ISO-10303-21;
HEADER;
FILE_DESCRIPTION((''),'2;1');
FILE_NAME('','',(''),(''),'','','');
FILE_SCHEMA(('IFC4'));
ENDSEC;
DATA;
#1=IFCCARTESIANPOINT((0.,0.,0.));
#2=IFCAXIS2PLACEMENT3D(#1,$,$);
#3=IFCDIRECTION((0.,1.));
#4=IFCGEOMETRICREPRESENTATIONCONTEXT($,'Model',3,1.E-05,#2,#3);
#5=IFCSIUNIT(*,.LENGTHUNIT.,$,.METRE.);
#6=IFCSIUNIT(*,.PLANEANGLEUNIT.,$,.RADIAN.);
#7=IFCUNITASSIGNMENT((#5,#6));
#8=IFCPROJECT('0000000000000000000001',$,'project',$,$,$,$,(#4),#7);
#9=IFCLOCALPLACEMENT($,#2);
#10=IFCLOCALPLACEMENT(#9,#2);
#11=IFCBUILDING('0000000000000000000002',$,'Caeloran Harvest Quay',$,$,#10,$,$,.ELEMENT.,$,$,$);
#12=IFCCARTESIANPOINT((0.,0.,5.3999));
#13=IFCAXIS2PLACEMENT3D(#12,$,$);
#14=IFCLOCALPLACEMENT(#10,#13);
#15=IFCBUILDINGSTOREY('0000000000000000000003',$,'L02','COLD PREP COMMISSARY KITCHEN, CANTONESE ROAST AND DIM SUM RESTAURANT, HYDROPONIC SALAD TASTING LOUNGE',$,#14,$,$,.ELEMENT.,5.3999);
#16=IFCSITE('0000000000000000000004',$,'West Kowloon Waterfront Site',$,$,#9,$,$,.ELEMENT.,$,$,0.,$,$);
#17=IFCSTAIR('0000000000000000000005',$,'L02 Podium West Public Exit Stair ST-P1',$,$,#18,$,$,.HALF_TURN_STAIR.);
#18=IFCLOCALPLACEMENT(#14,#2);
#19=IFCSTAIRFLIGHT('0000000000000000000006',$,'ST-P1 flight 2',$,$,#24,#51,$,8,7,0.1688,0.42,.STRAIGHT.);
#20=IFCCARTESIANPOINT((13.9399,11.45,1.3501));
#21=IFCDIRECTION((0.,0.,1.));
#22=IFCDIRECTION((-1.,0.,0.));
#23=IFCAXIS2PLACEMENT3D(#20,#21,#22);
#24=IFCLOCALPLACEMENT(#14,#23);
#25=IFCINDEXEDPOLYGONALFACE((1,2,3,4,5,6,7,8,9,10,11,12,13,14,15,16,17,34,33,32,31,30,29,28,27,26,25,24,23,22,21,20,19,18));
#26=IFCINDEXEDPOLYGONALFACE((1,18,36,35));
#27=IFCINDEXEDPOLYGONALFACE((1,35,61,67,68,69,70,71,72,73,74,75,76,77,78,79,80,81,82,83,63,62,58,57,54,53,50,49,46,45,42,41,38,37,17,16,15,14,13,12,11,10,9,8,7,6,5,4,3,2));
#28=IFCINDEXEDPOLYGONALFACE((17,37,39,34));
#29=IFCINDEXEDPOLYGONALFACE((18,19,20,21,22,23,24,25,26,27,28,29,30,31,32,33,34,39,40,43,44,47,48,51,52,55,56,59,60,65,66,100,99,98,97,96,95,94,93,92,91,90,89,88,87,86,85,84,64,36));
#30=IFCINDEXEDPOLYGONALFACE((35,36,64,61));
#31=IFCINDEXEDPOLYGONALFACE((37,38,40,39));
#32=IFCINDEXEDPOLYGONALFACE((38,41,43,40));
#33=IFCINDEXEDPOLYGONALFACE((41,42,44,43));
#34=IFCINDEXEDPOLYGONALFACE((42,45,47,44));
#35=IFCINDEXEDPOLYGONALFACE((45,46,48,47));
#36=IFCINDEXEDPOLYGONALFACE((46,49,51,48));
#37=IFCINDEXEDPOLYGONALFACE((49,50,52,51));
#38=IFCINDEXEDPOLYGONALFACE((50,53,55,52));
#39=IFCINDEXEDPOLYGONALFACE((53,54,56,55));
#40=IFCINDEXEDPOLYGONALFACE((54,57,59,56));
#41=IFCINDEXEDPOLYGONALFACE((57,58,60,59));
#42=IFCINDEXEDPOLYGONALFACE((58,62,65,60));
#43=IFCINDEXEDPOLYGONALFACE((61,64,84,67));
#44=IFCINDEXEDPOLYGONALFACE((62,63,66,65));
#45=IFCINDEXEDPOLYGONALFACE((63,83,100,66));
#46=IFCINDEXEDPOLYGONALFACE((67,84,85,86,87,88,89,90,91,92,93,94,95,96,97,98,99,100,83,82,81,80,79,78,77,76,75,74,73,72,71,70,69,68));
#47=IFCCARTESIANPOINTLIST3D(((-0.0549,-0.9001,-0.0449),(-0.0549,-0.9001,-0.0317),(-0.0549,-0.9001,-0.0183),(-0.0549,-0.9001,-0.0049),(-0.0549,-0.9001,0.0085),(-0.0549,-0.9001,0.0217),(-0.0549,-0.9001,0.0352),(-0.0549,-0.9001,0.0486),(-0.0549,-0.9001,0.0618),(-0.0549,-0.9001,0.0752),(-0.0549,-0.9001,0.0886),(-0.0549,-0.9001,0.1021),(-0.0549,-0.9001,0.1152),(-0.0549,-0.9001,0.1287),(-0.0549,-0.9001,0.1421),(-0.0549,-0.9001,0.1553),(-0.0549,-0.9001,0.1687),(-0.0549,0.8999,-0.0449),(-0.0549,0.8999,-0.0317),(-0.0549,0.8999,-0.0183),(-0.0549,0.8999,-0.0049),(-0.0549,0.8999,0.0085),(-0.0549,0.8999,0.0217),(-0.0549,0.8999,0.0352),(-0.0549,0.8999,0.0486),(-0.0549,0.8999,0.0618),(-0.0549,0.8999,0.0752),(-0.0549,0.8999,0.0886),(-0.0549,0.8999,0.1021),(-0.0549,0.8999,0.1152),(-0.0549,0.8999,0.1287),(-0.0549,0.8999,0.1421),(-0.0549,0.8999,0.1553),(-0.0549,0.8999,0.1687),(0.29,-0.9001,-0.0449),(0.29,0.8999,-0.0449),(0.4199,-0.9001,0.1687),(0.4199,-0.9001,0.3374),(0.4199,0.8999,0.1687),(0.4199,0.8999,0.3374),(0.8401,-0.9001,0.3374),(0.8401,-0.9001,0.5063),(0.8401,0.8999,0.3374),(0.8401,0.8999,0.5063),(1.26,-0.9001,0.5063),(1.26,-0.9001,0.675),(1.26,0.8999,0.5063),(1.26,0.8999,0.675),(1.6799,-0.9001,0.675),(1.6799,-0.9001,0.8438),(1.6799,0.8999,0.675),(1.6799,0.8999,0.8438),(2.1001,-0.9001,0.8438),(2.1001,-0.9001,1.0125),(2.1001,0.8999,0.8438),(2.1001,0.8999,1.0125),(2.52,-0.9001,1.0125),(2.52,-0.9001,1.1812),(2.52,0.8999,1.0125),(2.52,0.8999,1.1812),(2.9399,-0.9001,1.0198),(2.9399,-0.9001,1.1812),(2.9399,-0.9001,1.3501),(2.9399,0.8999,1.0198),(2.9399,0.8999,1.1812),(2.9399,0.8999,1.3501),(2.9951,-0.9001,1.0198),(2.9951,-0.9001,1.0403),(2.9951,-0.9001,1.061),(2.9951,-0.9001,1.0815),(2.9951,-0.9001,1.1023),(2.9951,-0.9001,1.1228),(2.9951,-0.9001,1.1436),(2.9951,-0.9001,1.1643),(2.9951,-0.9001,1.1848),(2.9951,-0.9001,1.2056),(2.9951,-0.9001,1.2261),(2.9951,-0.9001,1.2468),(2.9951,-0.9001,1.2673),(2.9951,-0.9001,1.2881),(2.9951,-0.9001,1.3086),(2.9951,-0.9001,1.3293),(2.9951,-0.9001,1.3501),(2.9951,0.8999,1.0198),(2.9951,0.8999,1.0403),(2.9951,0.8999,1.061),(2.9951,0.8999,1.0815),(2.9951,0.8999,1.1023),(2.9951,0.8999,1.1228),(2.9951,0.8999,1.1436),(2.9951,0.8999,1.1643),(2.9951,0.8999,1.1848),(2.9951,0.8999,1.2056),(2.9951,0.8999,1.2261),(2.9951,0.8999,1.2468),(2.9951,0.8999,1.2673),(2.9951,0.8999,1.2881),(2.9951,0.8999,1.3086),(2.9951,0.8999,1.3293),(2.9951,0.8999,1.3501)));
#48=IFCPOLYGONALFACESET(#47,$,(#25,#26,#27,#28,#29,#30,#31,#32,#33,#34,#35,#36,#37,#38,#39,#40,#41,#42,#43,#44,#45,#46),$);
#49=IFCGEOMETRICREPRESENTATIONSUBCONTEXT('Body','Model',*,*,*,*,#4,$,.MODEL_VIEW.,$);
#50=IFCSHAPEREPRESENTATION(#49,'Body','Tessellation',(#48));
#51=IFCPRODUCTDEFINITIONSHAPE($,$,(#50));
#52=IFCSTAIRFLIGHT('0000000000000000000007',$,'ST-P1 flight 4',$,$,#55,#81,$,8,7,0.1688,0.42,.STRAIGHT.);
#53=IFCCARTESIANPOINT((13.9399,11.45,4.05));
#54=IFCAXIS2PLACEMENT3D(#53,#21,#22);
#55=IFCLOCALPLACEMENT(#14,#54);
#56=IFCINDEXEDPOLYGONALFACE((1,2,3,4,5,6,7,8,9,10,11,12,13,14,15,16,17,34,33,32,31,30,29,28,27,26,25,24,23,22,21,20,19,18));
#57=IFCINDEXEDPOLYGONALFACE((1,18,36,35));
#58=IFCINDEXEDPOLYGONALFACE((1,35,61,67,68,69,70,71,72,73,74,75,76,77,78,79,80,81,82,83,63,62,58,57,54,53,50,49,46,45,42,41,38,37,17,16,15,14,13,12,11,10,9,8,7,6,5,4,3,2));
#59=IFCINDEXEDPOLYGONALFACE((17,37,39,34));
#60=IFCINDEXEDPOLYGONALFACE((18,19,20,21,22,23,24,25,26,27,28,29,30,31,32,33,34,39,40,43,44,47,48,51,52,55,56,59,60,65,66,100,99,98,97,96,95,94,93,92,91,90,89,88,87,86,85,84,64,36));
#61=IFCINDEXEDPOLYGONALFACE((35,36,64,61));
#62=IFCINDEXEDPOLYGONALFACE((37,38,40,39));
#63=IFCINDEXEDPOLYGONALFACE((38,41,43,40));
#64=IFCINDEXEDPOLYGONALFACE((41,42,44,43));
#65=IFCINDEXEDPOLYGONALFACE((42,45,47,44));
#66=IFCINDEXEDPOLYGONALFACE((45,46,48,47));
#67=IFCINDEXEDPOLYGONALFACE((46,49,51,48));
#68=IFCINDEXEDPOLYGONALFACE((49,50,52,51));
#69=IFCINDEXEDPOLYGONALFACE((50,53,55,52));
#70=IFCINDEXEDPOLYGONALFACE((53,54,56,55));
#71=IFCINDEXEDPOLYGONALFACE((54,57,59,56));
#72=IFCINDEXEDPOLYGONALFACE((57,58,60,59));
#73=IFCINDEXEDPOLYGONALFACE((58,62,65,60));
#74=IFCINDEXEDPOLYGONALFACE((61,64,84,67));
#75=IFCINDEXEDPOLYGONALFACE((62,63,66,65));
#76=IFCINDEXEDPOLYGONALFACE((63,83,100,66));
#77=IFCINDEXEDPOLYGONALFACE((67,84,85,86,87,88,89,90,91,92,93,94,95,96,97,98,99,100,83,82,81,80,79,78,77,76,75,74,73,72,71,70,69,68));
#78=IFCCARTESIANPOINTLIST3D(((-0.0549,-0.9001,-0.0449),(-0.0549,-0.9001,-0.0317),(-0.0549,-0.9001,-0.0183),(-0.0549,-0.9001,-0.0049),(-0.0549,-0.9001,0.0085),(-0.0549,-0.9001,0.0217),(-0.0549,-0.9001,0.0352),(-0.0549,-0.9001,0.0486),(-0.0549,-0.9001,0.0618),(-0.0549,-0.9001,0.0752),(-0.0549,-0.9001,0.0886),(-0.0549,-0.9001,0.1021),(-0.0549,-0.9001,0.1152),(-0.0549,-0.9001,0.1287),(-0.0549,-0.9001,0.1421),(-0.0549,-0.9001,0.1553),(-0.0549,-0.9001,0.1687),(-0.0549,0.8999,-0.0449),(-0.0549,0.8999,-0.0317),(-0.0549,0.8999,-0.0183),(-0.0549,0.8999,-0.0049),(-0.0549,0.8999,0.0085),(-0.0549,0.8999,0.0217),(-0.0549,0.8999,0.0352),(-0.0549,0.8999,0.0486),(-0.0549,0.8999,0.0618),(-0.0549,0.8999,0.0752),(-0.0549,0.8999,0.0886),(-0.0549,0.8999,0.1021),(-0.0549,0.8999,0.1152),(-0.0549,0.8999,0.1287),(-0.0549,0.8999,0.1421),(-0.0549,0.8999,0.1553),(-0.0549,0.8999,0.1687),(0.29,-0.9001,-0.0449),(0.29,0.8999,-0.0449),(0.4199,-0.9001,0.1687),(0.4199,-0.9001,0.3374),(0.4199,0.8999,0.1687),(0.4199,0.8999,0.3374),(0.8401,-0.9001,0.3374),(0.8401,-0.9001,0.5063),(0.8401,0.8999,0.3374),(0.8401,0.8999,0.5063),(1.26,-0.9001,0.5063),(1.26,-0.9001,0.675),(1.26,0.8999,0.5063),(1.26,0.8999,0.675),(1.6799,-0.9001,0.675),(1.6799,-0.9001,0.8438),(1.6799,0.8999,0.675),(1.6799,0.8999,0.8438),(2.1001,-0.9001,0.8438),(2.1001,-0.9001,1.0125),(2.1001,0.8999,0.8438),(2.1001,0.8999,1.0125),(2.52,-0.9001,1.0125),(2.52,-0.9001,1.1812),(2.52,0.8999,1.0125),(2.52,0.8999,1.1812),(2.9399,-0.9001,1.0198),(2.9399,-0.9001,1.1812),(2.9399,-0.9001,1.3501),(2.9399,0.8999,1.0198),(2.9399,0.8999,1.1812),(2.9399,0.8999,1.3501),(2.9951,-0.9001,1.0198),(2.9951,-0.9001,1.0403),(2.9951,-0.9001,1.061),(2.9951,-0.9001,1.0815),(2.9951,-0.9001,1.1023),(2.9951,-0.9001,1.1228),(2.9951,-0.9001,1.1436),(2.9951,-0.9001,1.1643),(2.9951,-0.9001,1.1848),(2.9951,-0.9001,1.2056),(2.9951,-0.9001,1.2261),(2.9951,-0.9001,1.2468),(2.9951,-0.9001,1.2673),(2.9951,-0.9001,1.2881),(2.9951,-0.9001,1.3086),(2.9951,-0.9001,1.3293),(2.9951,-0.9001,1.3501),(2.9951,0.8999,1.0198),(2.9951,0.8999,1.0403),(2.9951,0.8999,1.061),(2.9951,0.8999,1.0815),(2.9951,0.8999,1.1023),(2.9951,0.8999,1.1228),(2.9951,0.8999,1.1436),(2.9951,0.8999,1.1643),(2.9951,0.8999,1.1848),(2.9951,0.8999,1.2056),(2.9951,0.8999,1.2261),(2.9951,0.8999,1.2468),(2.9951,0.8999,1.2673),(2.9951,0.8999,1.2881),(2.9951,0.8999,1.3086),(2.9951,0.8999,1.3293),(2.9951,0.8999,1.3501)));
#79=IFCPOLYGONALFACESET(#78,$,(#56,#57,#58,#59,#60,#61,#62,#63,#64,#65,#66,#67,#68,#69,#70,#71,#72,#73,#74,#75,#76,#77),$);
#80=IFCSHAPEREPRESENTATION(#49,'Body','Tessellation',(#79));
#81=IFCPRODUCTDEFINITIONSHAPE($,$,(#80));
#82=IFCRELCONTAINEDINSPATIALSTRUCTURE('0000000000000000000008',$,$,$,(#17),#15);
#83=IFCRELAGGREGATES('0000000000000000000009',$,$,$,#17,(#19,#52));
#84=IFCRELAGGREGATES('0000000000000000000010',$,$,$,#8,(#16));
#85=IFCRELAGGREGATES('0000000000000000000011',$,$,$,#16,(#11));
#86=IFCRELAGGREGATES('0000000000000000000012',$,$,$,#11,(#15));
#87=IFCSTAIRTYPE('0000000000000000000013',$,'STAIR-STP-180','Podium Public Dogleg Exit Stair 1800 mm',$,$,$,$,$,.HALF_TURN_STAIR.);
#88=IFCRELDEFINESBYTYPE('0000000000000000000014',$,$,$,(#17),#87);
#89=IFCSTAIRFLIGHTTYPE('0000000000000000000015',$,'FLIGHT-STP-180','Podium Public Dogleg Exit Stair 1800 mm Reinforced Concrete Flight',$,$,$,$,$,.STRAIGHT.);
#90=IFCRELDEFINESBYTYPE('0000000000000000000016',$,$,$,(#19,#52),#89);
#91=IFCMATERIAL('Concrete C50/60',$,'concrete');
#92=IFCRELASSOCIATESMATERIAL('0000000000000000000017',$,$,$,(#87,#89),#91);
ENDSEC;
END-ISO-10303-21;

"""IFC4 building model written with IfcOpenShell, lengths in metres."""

from ifc_helpers import new_model, si_unit, direction, frame, origin, place, context, subcontext, project, spatial, polyline, outline, extrude, material, type_object, element, aggregate, save


model = new_model("IFC4")

# Units and contexts
model_context = context("Model", 3, precision=1e-05, world=origin(), true_north=direction((0.0, 1.0)))
body_context = subcontext(model_context, "Body", "Model", "MODEL_VIEW")
ifc_project = project(units=[si_unit("LENGTHUNIT", "METRE"), si_unit("PLANEANGLEUNIT", "RADIAN")], contexts=[model_context])

# Site, building, storey
site_placement = place(None, origin())
site = spatial("IfcSite", under=ifc_project, at=site_placement, Name="West Kowloon Waterfront Site", CompositionType="ELEMENT", RefElevation=0.0)
building_placement = place(site_placement, origin())
building = spatial("IfcBuilding", under=site, at=building_placement, Name="Caeloran Harvest Quay", CompositionType="ELEMENT")
storey_placement = place(building_placement, frame((0.0, 0.0, 5.3999)))
storey = spatial("IfcBuildingStorey", under=building, at=storey_placement, Name="L02", Description="COLD PREP COMMISSARY KITCHEN, CANTONESE ROAST AND DIM SUM RESTAURANT, HYDROPONIC SALAD TASTING LOUNGE", CompositionType="ELEMENT", Elevation=5.3999)

# Stair, stair flights
ifc_material_1 = material(Name="Concrete C50/60", Category="concrete")
stair_type = type_object("IfcStairType", Name="STAIR-STP-180", Description="Podium Public Dogleg Exit Stair 1800 mm", PredefinedType="HALF_TURN_STAIR", material=ifc_material_1)
stair_placement = place(storey_placement, origin())
stair = element("IfcStair", 1, at=stair_placement, inside=storey, type_object=stair_type, Name="L02 Podium West Public Exit Stair ST-P1", PredefinedType="HALF_TURN_STAIR")
stair_flight_type = type_object("IfcStairFlightType", Name="FLIGHT-STP-180", Description="Podium Public Dogleg Exit Stair 1800 mm Reinforced Concrete Flight", PredefinedType="STRAIGHT", material=ifc_material_1)
stair_flight_1_placement = place(storey_placement, frame((13.9399, 11.45, 1.3501), z_axis=(0.0, 0.0, 1.0), x_axis=(-1.0, 0.0, 0.0)))
stair_flight_1 = element("IfcStairFlight", 2, at=stair_flight_1_placement, type_object=stair_flight_type, Name="ST-P1 flight 2", NumberOfRisers=8, NumberOfTreads=7, PredefinedType="STRAIGHT", RiserHeight=0.1688, TreadLength=0.42, context=body_context, shape_type="SweptSolid", body=[
    extrude(outline(polyline([(-0.0549, -0.0449), (-0.0549, -0.0317), (-0.0549, -0.0183), (-0.0549, -0.0049), (-0.0549, 0.0085), (-0.0549, 0.0217), (-0.0549, 0.0352), (-0.0549, 0.0486), (-0.0549, 0.0618), (-0.0549, 0.0752), (-0.0549, 0.0886), (-0.0549, 0.1021), (-0.0549, 0.1152), (-0.0549, 0.1287), (-0.0549, 0.1421), (-0.0549, 0.1553), (-0.0549, 0.1687), (0.4199, 0.1687), (0.4199, 0.3374), (0.8401, 0.3374), (0.8401, 0.5063), (1.26, 0.5063), (1.26, 0.675), (1.6799, 0.675), (1.6799, 0.8438), (2.1001, 0.8438), (2.1001, 1.0125), (2.52, 1.0125), (2.52, 1.1812), (2.9399, 1.1812), (2.9399, 1.3501), (2.9951, 1.3501), (2.9951, 1.3293), (2.9951, 1.3086), (2.9951, 1.2881), (2.9951, 1.2673), (2.9951, 1.2468), (2.9951, 1.2261), (2.9951, 1.2056), (2.9951, 1.1848), (2.9951, 1.1643), (2.9951, 1.1436), (2.9951, 1.1228), (2.9951, 1.1023), (2.9951, 1.0815), (2.9951, 1.061), (2.9951, 1.0403), (2.9951, 1.0198), (2.9399, 1.0198), (0.29, -0.0449), (-0.0549, -0.0449)])), frame((0.0, 0.8999, 0.0), z_axis=(0.0, -1.0, 0.0), x_axis=(1.0, 0.0, 0.0)), (0.0, 0.0, 1.0), 1.8),
])
stair_flight_2_placement = place(storey_placement, frame((13.9399, 11.45, 4.05), z_axis=(0.0, 0.0, 1.0), x_axis=(-1.0, 0.0, 0.0)))
stair_flight_2 = element("IfcStairFlight", 3, at=stair_flight_2_placement, type_object=stair_flight_type, Name="ST-P1 flight 4", NumberOfRisers=8, NumberOfTreads=7, PredefinedType="STRAIGHT", RiserHeight=0.1688, TreadLength=0.42, context=body_context, shape_type="SweptSolid", body=[
    extrude(outline(polyline([(-0.0549, -0.0449), (-0.0549, -0.0317), (-0.0549, -0.0183), (-0.0549, -0.0049), (-0.0549, 0.0085), (-0.0549, 0.0217), (-0.0549, 0.0352), (-0.0549, 0.0486), (-0.0549, 0.0618), (-0.0549, 0.0752), (-0.0549, 0.0886), (-0.0549, 0.1021), (-0.0549, 0.1152), (-0.0549, 0.1287), (-0.0549, 0.1421), (-0.0549, 0.1553), (-0.0549, 0.1687), (0.4199, 0.1687), (0.4199, 0.3374), (0.8401, 0.3374), (0.8401, 0.5063), (1.26, 0.5063), (1.26, 0.675), (1.6799, 0.675), (1.6799, 0.8438), (2.1001, 0.8438), (2.1001, 1.0125), (2.52, 1.0125), (2.52, 1.1812), (2.9399, 1.1812), (2.9399, 1.3501), (2.9951, 1.3501), (2.9951, 1.3293), (2.9951, 1.3086), (2.9951, 1.2881), (2.9951, 1.2673), (2.9951, 1.2468), (2.9951, 1.2261), (2.9951, 1.2056), (2.9951, 1.1848), (2.9951, 1.1643), (2.9951, 1.1436), (2.9951, 1.1228), (2.9951, 1.1023), (2.9951, 1.0815), (2.9951, 1.061), (2.9951, 1.0403), (2.9951, 1.0198), (2.9399, 1.0198), (0.29, -0.0449), (-0.0549, -0.0449)])), frame((0.0, 0.8999, 0.0), z_axis=(0.0, -1.0, 0.0), x_axis=(1.0, 0.0, 0.0)), (0.0, 0.0, 1.0), 1.8),
])
aggregate(stair, [stair_flight_1, stair_flight_2])

save(model, "model.ifc")
